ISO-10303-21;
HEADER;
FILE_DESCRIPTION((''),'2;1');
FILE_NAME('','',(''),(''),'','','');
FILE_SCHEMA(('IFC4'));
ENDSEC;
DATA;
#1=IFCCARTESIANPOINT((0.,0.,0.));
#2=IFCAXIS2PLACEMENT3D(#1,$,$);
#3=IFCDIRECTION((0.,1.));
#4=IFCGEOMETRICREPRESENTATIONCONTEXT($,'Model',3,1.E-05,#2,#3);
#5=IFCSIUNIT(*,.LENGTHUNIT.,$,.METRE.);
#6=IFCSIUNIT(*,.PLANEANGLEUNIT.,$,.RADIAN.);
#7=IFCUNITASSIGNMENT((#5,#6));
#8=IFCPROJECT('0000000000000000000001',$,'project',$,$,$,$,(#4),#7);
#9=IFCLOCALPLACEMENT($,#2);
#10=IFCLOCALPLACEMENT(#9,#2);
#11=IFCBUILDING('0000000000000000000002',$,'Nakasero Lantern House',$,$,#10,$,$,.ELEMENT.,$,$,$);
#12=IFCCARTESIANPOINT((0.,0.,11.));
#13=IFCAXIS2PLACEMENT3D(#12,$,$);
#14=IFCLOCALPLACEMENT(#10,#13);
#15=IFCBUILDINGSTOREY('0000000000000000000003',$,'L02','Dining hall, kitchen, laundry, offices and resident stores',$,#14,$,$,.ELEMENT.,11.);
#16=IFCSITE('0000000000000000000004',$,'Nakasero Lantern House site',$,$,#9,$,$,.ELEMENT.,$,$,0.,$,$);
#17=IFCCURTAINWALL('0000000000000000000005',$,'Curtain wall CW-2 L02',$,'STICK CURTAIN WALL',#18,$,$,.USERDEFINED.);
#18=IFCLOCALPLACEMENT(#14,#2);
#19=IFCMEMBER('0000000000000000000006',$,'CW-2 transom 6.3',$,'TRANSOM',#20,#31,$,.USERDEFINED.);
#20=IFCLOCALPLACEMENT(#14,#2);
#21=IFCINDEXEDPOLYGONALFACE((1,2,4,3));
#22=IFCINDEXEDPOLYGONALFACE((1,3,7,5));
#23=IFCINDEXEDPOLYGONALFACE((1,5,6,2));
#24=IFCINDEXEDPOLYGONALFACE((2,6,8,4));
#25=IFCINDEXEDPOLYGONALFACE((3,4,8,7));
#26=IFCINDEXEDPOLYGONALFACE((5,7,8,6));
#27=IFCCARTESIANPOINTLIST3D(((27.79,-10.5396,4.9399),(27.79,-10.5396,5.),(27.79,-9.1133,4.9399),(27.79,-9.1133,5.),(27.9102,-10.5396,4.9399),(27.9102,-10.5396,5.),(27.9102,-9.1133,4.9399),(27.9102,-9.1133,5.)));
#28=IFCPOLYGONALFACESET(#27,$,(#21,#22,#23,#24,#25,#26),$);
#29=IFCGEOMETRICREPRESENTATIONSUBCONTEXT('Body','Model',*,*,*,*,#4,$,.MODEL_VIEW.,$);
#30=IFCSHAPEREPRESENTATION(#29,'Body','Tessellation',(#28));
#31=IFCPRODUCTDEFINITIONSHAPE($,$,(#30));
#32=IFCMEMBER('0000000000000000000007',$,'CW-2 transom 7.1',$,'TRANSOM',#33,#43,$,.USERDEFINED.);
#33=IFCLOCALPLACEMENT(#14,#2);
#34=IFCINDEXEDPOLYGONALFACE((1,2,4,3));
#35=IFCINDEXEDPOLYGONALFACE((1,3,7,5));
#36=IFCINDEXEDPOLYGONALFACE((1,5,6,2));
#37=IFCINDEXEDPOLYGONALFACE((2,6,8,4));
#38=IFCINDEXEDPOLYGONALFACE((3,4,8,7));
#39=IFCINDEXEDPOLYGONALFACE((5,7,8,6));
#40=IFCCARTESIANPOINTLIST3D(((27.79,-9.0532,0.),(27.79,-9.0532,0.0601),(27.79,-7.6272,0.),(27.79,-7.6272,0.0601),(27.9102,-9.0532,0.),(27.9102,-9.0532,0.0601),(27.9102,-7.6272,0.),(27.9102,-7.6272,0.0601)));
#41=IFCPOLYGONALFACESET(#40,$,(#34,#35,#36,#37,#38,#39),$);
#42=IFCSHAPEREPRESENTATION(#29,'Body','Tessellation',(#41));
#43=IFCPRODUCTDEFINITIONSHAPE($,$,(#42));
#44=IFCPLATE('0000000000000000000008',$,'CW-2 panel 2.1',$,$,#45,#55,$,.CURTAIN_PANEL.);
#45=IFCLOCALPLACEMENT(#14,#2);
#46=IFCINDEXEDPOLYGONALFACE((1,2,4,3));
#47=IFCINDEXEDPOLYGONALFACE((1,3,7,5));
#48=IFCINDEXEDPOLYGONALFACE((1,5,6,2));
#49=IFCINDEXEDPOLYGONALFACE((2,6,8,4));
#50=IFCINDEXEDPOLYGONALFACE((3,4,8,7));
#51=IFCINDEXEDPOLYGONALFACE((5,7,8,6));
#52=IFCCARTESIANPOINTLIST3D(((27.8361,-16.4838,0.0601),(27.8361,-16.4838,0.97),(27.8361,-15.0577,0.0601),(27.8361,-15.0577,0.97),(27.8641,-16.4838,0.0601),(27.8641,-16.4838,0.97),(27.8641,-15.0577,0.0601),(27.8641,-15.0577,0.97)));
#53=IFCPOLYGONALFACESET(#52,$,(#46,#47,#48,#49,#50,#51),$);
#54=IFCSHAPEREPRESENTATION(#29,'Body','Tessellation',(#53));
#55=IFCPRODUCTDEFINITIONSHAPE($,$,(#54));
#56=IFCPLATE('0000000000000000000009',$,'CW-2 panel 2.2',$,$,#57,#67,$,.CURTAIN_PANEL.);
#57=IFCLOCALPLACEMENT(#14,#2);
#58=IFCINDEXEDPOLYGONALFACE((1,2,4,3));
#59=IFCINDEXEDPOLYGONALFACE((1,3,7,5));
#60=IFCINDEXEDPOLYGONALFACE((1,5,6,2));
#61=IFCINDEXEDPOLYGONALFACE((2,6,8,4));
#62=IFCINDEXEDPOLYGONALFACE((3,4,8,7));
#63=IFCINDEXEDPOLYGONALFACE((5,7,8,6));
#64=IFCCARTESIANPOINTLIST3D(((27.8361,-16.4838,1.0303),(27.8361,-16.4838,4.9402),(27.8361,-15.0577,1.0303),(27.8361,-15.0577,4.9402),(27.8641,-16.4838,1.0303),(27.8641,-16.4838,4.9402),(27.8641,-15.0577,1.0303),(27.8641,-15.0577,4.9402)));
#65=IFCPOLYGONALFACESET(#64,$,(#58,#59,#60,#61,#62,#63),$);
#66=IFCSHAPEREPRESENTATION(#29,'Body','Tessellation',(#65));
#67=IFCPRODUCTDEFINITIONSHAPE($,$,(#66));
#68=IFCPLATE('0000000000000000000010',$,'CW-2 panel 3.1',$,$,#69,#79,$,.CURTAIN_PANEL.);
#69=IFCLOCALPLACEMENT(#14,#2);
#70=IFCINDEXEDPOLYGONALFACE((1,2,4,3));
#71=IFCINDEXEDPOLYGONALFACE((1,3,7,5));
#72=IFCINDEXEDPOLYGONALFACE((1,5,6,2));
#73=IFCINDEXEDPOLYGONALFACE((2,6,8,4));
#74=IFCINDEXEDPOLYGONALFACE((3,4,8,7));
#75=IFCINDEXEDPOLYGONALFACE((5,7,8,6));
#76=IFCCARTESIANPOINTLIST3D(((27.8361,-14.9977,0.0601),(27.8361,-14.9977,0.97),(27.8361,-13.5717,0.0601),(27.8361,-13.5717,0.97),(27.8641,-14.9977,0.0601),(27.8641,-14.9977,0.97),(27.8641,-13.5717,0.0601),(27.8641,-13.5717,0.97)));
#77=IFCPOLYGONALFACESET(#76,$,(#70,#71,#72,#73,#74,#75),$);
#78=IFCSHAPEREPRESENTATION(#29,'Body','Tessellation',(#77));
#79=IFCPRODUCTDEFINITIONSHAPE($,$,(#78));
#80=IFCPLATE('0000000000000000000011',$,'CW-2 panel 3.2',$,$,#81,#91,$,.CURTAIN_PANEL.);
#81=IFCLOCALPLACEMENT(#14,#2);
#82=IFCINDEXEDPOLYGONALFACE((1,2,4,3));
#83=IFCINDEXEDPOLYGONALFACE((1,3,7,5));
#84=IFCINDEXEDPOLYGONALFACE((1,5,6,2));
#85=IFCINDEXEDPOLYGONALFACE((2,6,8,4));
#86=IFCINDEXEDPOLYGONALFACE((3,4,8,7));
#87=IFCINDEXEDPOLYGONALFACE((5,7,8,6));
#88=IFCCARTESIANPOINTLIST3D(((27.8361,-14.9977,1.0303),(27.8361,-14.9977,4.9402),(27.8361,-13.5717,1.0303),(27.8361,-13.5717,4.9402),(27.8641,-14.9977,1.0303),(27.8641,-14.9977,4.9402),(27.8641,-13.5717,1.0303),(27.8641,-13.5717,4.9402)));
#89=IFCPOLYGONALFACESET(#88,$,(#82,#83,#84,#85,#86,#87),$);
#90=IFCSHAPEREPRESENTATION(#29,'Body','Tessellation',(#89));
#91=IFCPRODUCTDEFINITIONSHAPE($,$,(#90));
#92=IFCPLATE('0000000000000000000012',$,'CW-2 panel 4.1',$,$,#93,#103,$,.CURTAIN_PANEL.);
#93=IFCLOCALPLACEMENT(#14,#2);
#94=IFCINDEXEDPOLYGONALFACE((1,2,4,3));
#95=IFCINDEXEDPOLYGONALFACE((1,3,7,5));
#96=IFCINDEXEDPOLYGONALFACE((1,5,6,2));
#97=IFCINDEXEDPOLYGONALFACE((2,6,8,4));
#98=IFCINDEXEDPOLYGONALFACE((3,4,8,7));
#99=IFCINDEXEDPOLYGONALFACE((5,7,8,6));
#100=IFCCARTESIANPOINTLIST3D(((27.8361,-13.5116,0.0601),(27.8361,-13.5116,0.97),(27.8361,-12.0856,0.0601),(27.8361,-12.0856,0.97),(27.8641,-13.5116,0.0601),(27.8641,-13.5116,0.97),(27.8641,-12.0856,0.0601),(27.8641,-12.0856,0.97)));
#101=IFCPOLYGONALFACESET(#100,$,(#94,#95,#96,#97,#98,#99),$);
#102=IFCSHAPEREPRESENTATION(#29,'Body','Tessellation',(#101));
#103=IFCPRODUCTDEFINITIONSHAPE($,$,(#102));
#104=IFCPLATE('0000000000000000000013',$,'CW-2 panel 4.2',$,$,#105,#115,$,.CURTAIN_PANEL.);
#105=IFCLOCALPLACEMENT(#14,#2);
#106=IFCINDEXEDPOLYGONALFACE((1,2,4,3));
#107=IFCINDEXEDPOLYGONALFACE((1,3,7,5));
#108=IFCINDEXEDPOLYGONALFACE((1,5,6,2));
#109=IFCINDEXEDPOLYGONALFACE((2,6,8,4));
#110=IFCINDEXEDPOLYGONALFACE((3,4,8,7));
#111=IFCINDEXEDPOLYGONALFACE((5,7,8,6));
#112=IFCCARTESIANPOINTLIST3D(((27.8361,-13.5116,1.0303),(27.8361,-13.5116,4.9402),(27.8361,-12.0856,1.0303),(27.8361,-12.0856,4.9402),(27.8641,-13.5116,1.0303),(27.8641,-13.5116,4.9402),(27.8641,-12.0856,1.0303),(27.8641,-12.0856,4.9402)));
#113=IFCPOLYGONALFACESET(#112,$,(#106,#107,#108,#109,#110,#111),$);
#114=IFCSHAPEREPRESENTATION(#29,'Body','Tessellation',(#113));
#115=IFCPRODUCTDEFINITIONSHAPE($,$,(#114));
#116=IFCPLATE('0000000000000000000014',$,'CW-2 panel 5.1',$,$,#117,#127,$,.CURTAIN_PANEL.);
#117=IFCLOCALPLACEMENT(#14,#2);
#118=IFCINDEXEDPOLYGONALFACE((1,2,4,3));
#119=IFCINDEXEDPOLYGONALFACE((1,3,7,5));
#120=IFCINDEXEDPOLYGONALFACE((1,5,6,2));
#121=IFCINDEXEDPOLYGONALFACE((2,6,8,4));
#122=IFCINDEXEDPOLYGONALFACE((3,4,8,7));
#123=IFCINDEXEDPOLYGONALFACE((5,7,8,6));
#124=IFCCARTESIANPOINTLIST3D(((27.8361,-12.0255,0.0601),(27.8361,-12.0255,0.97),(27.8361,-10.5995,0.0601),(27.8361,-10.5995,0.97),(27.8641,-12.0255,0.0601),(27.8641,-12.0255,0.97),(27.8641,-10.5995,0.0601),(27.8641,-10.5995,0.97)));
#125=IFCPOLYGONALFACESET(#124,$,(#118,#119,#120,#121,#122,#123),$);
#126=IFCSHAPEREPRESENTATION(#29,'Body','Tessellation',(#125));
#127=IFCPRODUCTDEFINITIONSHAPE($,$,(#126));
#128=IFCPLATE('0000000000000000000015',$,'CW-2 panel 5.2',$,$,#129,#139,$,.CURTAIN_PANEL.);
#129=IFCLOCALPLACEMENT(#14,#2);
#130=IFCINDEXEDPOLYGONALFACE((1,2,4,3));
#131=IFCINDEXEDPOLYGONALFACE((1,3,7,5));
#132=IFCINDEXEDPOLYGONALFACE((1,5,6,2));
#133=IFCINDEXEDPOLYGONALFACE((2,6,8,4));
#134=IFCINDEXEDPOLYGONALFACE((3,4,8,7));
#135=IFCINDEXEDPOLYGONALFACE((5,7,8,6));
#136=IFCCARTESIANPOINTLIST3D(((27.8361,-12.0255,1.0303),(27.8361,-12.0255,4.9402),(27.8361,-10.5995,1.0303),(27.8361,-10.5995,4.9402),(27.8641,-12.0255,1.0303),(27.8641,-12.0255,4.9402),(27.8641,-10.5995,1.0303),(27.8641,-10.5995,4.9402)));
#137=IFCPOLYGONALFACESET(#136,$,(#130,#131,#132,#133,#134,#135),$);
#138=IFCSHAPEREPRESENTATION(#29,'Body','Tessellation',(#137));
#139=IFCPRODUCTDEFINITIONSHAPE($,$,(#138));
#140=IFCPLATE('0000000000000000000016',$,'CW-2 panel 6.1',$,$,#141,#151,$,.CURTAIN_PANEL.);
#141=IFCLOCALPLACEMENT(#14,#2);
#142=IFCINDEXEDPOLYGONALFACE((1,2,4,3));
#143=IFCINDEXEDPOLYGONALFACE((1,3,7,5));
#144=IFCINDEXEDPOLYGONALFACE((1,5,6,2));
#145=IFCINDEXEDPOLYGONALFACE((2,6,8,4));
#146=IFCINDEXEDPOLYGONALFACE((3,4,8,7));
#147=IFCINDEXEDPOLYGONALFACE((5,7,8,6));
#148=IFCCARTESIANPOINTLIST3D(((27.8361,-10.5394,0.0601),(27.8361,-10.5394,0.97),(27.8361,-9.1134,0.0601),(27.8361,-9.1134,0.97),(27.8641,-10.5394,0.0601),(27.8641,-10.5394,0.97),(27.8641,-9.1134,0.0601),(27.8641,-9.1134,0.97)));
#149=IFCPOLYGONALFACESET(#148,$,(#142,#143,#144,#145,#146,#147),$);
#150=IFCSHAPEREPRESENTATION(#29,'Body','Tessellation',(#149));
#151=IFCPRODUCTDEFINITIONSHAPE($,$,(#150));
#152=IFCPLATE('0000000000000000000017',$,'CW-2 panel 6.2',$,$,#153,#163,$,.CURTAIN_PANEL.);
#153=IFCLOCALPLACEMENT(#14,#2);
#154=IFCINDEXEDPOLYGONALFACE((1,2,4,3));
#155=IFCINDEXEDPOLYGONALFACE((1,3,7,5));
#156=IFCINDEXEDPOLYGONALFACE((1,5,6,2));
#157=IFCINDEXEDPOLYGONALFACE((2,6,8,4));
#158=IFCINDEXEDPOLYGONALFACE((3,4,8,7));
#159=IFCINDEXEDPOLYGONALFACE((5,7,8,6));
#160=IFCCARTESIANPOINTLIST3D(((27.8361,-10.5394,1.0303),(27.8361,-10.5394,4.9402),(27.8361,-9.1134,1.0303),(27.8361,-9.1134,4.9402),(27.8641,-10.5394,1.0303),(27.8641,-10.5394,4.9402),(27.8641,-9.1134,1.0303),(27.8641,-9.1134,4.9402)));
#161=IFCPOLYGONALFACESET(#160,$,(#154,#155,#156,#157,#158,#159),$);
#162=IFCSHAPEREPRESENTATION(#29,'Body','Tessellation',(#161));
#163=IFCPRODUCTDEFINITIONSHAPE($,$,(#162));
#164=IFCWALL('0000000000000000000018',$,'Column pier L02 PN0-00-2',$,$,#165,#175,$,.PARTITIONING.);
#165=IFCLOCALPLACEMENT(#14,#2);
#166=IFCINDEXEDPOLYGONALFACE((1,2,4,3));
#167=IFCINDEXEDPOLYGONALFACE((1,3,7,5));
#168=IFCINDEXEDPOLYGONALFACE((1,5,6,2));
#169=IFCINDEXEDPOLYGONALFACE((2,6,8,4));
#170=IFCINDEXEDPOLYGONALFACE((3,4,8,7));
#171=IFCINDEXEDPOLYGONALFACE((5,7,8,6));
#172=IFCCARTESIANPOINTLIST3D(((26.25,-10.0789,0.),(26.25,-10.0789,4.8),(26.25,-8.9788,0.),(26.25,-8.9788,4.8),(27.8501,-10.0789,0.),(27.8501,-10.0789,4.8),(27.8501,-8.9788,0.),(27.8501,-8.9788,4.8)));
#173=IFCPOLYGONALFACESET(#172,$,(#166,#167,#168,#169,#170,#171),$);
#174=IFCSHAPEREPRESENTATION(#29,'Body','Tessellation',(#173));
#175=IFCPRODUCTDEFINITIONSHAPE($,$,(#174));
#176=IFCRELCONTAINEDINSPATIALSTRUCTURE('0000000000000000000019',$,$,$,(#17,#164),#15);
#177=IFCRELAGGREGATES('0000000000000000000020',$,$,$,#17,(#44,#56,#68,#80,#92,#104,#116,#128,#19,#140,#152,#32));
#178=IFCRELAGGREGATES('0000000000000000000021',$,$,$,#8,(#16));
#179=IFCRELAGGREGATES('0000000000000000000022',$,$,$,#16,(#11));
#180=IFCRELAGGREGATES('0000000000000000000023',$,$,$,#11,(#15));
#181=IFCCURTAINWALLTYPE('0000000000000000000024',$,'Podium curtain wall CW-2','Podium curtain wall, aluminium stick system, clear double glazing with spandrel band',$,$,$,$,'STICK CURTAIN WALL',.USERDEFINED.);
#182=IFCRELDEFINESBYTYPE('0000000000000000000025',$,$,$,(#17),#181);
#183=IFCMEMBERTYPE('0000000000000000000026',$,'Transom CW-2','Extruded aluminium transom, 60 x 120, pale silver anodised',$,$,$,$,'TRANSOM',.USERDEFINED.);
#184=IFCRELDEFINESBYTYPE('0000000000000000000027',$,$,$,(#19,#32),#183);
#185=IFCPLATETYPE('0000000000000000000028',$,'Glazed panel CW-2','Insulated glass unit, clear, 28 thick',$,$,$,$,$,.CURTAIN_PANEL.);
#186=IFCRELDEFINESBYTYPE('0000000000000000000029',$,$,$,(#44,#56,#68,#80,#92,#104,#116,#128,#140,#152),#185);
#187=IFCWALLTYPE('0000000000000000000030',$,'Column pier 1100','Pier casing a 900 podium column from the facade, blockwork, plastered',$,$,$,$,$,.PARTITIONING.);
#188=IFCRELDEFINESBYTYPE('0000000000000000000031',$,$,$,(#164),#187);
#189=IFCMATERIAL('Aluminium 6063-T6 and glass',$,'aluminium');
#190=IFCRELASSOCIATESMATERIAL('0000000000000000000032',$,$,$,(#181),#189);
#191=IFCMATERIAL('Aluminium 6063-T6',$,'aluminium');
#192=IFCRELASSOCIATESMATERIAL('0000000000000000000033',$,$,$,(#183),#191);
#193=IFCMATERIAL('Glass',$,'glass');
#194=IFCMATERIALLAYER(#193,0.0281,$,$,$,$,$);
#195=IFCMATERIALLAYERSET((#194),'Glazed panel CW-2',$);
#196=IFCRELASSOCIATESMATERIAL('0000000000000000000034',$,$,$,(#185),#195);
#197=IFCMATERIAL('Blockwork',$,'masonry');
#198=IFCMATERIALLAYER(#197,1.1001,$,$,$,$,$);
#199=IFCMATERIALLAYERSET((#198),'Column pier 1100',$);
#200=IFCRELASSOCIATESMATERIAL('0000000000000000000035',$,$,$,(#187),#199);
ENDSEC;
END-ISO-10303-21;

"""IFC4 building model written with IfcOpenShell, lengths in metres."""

from ifc_helpers import new_model, si_unit, direction, frame, frame_2d, origin, origin_2d, place, context, subcontext, project, spatial, rectangle, extrude, material, layer, layer_set, material_profile, profile_set, type_object, element, aggregate, save


model = new_model("IFC4")

# Units and contexts
model_context = context("Model", 3, precision=1e-05, world=origin(), true_north=direction((0.0, 1.0)))
body_context = subcontext(model_context, "Body", "Model", "MODEL_VIEW")
ifc_project = project(units=[si_unit("LENGTHUNIT", "METRE"), si_unit("PLANEANGLEUNIT", "RADIAN")], contexts=[model_context])

# Site, building, storey
site_placement = place(None, origin())
site = spatial("IfcSite", under=ifc_project, at=site_placement, Name="Nakasero Lantern House site", CompositionType="ELEMENT", RefElevation=0.0)
building_placement = place(site_placement, origin())
building = spatial("IfcBuilding", under=site, at=building_placement, Name="Nakasero Lantern House", CompositionType="ELEMENT")
storey_placement = place(building_placement, frame((0.0, 0.0, 11.0)))
storey = spatial("IfcBuildingStorey", under=building, at=storey_placement, Name="L02", Description="Dining hall, kitchen, laundry, offices and resident stores", CompositionType="ELEMENT", Elevation=11.0)

# Curtain wall
ifc_material_1 = material(Name="Aluminium 6063-T6 and glass", Category="aluminium")
curtain_wall_type = type_object("IfcCurtainWallType", Name="Podium curtain wall CW-2", Description="Podium curtain wall, aluminium stick system, clear double glazing with spandrel band", ElementType="STICK CURTAIN WALL", PredefinedType="USERDEFINED", material=ifc_material_1)
curtain_wall_placement = place(storey_placement, origin())
curtain_wall = element("IfcCurtainWall", 1, at=curtain_wall_placement, inside=storey, type_object=curtain_wall_type, Name="Curtain wall CW-2 L02", ObjectType="STICK CURTAIN WALL", PredefinedType="USERDEFINED")

# Members
ifc_material_2 = material(Name="Aluminium 6063-T6", Category="aluminium")
ifc_material_profile_1 = material_profile(ifc_material_2, rectangle(XDim=0.0601, YDim=0.1201, at=origin_2d()), Name="CW-2 transom 60x120")
ifc_profile_set_1 = profile_set([ifc_material_profile_1], Name="Aluminium 6063-T6")
member_type_1 = type_object("IfcMemberType", Name="Transom CW-2", Description="Extruded aluminium transom, 60 x 120, pale silver anodised", ElementType="TRANSOM", PredefinedType="USERDEFINED", material=ifc_profile_set_1)
member_1_placement = place(storey_placement, frame((27.8501, -10.5396, 4.97), z_axis=(0.0, 1.0, 0.0), x_axis=(0.0, 0.0, 1.0)))
member_1 = element("IfcMember", 2, at=member_1_placement, type_object=member_type_1, Name="CW-2 transom 6.3", ObjectType="TRANSOM", PredefinedType="USERDEFINED", context=body_context, shape_type="SweptSolid", body=[
    extrude(rectangle(XDim=0.0601, YDim=0.1201, at=origin_2d()), origin(), (0.0, 0.0, 1.0), 1.4263),
])
member_2_placement = place(storey_placement, frame((27.8501, -9.0532, 0.03), z_axis=(0.0, 1.0, 0.0), x_axis=(0.0, 0.0, 1.0)))
member_2 = element("IfcMember", 3, at=member_2_placement, type_object=member_type_1, Name="CW-2 transom 7.1", ObjectType="TRANSOM", PredefinedType="USERDEFINED", context=body_context, shape_type="SweptSolid", body=[
    extrude(rectangle(XDim=0.0601, YDim=0.1201, at=origin_2d()), origin(), (0.0, 0.0, 1.0), 1.426),
])

# Plates
ifc_material_3 = material(Name="Glass", Category="glass")
ifc_layer_1 = layer(ifc_material_3, 0.0281)
ifc_layer_set_1 = layer_set([ifc_layer_1], Name="Glazed panel CW-2")
plate_type = type_object("IfcPlateType", Name="Glazed panel CW-2", Description="Insulated glass unit, clear, 28 thick", PredefinedType="CURTAIN_PANEL", material=ifc_layer_set_1)
plate_1_placement = place(storey_placement, frame((27.8501, -15.7708, 0.0601), z_axis=(0.0, 0.0, 1.0), x_axis=(0.0, 1.0, 0.0)))
plate_1 = element("IfcPlate", 4, at=plate_1_placement, type_object=plate_type, Name="CW-2 panel 2.1", PredefinedType="CURTAIN_PANEL", context=body_context, shape_type="SweptSolid", body=[
    extrude(rectangle(XDim=1.426, YDim=0.0281, at=origin_2d()), origin(), (0.0, 0.0, 1.0), 0.9099),
])
plate_2_placement = place(storey_placement, frame((27.8501, -15.7708, 1.0303), z_axis=(0.0, 0.0, 1.0), x_axis=(0.0, 1.0, 0.0)))
plate_2 = element("IfcPlate", 5, at=plate_2_placement, type_object=plate_type, Name="CW-2 panel 2.2", PredefinedType="CURTAIN_PANEL", context=body_context, shape_type="SweptSolid", body=[
    extrude(rectangle(XDim=1.426, YDim=0.0281, at=origin_2d()), origin(), (0.0, 0.0, 1.0), 3.9099),
])
plate_3_placement = place(storey_placement, frame((27.8501, -14.2847, 0.0601), z_axis=(0.0, 0.0, 1.0), x_axis=(0.0, 1.0, 0.0)))
plate_3 = element("IfcPlate", 6, at=plate_3_placement, type_object=plate_type, Name="CW-2 panel 3.1", PredefinedType="CURTAIN_PANEL", context=body_context, shape_type="SweptSolid", body=[
    extrude(rectangle(XDim=1.426, YDim=0.0281, at=origin_2d()), origin(), (0.0, 0.0, 1.0), 0.9099),
])
plate_4_placement = place(storey_placement, frame((27.8501, -14.2847, 1.0303), z_axis=(0.0, 0.0, 1.0), x_axis=(0.0, 1.0, 0.0)))
plate_4 = element("IfcPlate", 7, at=plate_4_placement, type_object=plate_type, Name="CW-2 panel 3.2", PredefinedType="CURTAIN_PANEL", context=body_context, shape_type="SweptSolid", body=[
    extrude(rectangle(XDim=1.426, YDim=0.0281, at=origin_2d()), origin(), (0.0, 0.0, 1.0), 3.9099),
])
plate_5_placement = place(storey_placement, frame((27.8501, -12.7986, 0.0601), z_axis=(0.0, 0.0, 1.0), x_axis=(0.0, 1.0, 0.0)))
plate_5 = element("IfcPlate", 8, at=plate_5_placement, type_object=plate_type, Name="CW-2 panel 4.1", PredefinedType="CURTAIN_PANEL", context=body_context, shape_type="SweptSolid", body=[
    extrude(rectangle(XDim=1.426, YDim=0.0281, at=origin_2d()), origin(), (0.0, 0.0, 1.0), 0.9099),
])
plate_6_placement = place(storey_placement, frame((27.8501, -12.7986, 1.0303), z_axis=(0.0, 0.0, 1.0), x_axis=(0.0, 1.0, 0.0)))
plate_6 = element("IfcPlate", 9, at=plate_6_placement, type_object=plate_type, Name="CW-2 panel 4.2", PredefinedType="CURTAIN_PANEL", context=body_context, shape_type="SweptSolid", body=[
    extrude(rectangle(XDim=1.426, YDim=0.0281, at=origin_2d()), origin(), (0.0, 0.0, 1.0), 3.9099),
])
plate_7_placement = place(storey_placement, frame((27.8501, -11.3125, 0.0601), z_axis=(0.0, 0.0, 1.0), x_axis=(0.0, 1.0, 0.0)))
plate_7 = element("IfcPlate", 10, at=plate_7_placement, type_object=plate_type, Name="CW-2 panel 5.1", PredefinedType="CURTAIN_PANEL", context=body_context, shape_type="SweptSolid", body=[
    extrude(rectangle(XDim=1.426, YDim=0.0281, at=origin_2d()), origin(), (0.0, 0.0, 1.0), 0.9099),
])
plate_8_placement = place(storey_placement, frame((27.8501, -11.3125, 1.0303), z_axis=(0.0, 0.0, 1.0), x_axis=(0.0, 1.0, 0.0)))
plate_8 = element("IfcPlate", 11, at=plate_8_placement, type_object=plate_type, Name="CW-2 panel 5.2", PredefinedType="CURTAIN_PANEL", context=body_context, shape_type="SweptSolid", body=[
    extrude(rectangle(XDim=1.426, YDim=0.0281, at=origin_2d()), origin(), (0.0, 0.0, 1.0), 3.9099),
])
plate_9_placement = place(storey_placement, frame((27.8501, -9.8264, 0.0601), z_axis=(0.0, 0.0, 1.0), x_axis=(0.0, 1.0, 0.0)))
plate_9 = element("IfcPlate", 12, at=plate_9_placement, type_object=plate_type, Name="CW-2 panel 6.1", PredefinedType="CURTAIN_PANEL", context=body_context, shape_type="SweptSolid", body=[
    extrude(rectangle(XDim=1.426, YDim=0.0281, at=origin_2d()), origin(), (0.0, 0.0, 1.0), 0.9099),
])
plate_10_placement = place(storey_placement, frame((27.8501, -9.8264, 1.0303), z_axis=(0.0, 0.0, 1.0), x_axis=(0.0, 1.0, 0.0)))
plate_10 = element("IfcPlate", 13, at=plate_10_placement, type_object=plate_type, Name="CW-2 panel 6.2", PredefinedType="CURTAIN_PANEL", context=body_context, shape_type="SweptSolid", body=[
    extrude(rectangle(XDim=1.426, YDim=0.0281, at=origin_2d()), origin(), (0.0, 0.0, 1.0), 3.9099),
])
aggregate(curtain_wall, [plate_1, plate_2, plate_3, plate_4, plate_5, plate_6, plate_7, plate_8, member_1, plate_9, plate_10, member_2])

# Wall
ifc_material_4 = material(Name="Blockwork", Category="masonry")
ifc_layer_2 = layer(ifc_material_4, 1.1001)
ifc_layer_set_2 = layer_set([ifc_layer_2], Name="Column pier 1100")
wall_type = type_object("IfcWallType", Name="Column pier 1100", Description="Pier casing a 900 podium column from the facade, blockwork, plastered", PredefinedType="PARTITIONING", material=ifc_layer_set_2)
wall_placement = place(storey_placement, frame((26.25, -9.5288, 0.0), z_axis=(0.0, 0.0, 1.0), x_axis=(1.0, 0.0, 0.0)))
element("IfcWall", 14, at=wall_placement, inside=storey, type_object=wall_type, Name="Column pier L02 PN0-00-2", PredefinedType="PARTITIONING", context=body_context, shape_type="SweptSolid", body=[
    extrude(rectangle(XDim=1.6001, YDim=1.1001, at=frame_2d((0.8, 0.0))), origin(), (0.0, 0.0, 1.0), 4.8),
])

save(model, "model.ifc")
